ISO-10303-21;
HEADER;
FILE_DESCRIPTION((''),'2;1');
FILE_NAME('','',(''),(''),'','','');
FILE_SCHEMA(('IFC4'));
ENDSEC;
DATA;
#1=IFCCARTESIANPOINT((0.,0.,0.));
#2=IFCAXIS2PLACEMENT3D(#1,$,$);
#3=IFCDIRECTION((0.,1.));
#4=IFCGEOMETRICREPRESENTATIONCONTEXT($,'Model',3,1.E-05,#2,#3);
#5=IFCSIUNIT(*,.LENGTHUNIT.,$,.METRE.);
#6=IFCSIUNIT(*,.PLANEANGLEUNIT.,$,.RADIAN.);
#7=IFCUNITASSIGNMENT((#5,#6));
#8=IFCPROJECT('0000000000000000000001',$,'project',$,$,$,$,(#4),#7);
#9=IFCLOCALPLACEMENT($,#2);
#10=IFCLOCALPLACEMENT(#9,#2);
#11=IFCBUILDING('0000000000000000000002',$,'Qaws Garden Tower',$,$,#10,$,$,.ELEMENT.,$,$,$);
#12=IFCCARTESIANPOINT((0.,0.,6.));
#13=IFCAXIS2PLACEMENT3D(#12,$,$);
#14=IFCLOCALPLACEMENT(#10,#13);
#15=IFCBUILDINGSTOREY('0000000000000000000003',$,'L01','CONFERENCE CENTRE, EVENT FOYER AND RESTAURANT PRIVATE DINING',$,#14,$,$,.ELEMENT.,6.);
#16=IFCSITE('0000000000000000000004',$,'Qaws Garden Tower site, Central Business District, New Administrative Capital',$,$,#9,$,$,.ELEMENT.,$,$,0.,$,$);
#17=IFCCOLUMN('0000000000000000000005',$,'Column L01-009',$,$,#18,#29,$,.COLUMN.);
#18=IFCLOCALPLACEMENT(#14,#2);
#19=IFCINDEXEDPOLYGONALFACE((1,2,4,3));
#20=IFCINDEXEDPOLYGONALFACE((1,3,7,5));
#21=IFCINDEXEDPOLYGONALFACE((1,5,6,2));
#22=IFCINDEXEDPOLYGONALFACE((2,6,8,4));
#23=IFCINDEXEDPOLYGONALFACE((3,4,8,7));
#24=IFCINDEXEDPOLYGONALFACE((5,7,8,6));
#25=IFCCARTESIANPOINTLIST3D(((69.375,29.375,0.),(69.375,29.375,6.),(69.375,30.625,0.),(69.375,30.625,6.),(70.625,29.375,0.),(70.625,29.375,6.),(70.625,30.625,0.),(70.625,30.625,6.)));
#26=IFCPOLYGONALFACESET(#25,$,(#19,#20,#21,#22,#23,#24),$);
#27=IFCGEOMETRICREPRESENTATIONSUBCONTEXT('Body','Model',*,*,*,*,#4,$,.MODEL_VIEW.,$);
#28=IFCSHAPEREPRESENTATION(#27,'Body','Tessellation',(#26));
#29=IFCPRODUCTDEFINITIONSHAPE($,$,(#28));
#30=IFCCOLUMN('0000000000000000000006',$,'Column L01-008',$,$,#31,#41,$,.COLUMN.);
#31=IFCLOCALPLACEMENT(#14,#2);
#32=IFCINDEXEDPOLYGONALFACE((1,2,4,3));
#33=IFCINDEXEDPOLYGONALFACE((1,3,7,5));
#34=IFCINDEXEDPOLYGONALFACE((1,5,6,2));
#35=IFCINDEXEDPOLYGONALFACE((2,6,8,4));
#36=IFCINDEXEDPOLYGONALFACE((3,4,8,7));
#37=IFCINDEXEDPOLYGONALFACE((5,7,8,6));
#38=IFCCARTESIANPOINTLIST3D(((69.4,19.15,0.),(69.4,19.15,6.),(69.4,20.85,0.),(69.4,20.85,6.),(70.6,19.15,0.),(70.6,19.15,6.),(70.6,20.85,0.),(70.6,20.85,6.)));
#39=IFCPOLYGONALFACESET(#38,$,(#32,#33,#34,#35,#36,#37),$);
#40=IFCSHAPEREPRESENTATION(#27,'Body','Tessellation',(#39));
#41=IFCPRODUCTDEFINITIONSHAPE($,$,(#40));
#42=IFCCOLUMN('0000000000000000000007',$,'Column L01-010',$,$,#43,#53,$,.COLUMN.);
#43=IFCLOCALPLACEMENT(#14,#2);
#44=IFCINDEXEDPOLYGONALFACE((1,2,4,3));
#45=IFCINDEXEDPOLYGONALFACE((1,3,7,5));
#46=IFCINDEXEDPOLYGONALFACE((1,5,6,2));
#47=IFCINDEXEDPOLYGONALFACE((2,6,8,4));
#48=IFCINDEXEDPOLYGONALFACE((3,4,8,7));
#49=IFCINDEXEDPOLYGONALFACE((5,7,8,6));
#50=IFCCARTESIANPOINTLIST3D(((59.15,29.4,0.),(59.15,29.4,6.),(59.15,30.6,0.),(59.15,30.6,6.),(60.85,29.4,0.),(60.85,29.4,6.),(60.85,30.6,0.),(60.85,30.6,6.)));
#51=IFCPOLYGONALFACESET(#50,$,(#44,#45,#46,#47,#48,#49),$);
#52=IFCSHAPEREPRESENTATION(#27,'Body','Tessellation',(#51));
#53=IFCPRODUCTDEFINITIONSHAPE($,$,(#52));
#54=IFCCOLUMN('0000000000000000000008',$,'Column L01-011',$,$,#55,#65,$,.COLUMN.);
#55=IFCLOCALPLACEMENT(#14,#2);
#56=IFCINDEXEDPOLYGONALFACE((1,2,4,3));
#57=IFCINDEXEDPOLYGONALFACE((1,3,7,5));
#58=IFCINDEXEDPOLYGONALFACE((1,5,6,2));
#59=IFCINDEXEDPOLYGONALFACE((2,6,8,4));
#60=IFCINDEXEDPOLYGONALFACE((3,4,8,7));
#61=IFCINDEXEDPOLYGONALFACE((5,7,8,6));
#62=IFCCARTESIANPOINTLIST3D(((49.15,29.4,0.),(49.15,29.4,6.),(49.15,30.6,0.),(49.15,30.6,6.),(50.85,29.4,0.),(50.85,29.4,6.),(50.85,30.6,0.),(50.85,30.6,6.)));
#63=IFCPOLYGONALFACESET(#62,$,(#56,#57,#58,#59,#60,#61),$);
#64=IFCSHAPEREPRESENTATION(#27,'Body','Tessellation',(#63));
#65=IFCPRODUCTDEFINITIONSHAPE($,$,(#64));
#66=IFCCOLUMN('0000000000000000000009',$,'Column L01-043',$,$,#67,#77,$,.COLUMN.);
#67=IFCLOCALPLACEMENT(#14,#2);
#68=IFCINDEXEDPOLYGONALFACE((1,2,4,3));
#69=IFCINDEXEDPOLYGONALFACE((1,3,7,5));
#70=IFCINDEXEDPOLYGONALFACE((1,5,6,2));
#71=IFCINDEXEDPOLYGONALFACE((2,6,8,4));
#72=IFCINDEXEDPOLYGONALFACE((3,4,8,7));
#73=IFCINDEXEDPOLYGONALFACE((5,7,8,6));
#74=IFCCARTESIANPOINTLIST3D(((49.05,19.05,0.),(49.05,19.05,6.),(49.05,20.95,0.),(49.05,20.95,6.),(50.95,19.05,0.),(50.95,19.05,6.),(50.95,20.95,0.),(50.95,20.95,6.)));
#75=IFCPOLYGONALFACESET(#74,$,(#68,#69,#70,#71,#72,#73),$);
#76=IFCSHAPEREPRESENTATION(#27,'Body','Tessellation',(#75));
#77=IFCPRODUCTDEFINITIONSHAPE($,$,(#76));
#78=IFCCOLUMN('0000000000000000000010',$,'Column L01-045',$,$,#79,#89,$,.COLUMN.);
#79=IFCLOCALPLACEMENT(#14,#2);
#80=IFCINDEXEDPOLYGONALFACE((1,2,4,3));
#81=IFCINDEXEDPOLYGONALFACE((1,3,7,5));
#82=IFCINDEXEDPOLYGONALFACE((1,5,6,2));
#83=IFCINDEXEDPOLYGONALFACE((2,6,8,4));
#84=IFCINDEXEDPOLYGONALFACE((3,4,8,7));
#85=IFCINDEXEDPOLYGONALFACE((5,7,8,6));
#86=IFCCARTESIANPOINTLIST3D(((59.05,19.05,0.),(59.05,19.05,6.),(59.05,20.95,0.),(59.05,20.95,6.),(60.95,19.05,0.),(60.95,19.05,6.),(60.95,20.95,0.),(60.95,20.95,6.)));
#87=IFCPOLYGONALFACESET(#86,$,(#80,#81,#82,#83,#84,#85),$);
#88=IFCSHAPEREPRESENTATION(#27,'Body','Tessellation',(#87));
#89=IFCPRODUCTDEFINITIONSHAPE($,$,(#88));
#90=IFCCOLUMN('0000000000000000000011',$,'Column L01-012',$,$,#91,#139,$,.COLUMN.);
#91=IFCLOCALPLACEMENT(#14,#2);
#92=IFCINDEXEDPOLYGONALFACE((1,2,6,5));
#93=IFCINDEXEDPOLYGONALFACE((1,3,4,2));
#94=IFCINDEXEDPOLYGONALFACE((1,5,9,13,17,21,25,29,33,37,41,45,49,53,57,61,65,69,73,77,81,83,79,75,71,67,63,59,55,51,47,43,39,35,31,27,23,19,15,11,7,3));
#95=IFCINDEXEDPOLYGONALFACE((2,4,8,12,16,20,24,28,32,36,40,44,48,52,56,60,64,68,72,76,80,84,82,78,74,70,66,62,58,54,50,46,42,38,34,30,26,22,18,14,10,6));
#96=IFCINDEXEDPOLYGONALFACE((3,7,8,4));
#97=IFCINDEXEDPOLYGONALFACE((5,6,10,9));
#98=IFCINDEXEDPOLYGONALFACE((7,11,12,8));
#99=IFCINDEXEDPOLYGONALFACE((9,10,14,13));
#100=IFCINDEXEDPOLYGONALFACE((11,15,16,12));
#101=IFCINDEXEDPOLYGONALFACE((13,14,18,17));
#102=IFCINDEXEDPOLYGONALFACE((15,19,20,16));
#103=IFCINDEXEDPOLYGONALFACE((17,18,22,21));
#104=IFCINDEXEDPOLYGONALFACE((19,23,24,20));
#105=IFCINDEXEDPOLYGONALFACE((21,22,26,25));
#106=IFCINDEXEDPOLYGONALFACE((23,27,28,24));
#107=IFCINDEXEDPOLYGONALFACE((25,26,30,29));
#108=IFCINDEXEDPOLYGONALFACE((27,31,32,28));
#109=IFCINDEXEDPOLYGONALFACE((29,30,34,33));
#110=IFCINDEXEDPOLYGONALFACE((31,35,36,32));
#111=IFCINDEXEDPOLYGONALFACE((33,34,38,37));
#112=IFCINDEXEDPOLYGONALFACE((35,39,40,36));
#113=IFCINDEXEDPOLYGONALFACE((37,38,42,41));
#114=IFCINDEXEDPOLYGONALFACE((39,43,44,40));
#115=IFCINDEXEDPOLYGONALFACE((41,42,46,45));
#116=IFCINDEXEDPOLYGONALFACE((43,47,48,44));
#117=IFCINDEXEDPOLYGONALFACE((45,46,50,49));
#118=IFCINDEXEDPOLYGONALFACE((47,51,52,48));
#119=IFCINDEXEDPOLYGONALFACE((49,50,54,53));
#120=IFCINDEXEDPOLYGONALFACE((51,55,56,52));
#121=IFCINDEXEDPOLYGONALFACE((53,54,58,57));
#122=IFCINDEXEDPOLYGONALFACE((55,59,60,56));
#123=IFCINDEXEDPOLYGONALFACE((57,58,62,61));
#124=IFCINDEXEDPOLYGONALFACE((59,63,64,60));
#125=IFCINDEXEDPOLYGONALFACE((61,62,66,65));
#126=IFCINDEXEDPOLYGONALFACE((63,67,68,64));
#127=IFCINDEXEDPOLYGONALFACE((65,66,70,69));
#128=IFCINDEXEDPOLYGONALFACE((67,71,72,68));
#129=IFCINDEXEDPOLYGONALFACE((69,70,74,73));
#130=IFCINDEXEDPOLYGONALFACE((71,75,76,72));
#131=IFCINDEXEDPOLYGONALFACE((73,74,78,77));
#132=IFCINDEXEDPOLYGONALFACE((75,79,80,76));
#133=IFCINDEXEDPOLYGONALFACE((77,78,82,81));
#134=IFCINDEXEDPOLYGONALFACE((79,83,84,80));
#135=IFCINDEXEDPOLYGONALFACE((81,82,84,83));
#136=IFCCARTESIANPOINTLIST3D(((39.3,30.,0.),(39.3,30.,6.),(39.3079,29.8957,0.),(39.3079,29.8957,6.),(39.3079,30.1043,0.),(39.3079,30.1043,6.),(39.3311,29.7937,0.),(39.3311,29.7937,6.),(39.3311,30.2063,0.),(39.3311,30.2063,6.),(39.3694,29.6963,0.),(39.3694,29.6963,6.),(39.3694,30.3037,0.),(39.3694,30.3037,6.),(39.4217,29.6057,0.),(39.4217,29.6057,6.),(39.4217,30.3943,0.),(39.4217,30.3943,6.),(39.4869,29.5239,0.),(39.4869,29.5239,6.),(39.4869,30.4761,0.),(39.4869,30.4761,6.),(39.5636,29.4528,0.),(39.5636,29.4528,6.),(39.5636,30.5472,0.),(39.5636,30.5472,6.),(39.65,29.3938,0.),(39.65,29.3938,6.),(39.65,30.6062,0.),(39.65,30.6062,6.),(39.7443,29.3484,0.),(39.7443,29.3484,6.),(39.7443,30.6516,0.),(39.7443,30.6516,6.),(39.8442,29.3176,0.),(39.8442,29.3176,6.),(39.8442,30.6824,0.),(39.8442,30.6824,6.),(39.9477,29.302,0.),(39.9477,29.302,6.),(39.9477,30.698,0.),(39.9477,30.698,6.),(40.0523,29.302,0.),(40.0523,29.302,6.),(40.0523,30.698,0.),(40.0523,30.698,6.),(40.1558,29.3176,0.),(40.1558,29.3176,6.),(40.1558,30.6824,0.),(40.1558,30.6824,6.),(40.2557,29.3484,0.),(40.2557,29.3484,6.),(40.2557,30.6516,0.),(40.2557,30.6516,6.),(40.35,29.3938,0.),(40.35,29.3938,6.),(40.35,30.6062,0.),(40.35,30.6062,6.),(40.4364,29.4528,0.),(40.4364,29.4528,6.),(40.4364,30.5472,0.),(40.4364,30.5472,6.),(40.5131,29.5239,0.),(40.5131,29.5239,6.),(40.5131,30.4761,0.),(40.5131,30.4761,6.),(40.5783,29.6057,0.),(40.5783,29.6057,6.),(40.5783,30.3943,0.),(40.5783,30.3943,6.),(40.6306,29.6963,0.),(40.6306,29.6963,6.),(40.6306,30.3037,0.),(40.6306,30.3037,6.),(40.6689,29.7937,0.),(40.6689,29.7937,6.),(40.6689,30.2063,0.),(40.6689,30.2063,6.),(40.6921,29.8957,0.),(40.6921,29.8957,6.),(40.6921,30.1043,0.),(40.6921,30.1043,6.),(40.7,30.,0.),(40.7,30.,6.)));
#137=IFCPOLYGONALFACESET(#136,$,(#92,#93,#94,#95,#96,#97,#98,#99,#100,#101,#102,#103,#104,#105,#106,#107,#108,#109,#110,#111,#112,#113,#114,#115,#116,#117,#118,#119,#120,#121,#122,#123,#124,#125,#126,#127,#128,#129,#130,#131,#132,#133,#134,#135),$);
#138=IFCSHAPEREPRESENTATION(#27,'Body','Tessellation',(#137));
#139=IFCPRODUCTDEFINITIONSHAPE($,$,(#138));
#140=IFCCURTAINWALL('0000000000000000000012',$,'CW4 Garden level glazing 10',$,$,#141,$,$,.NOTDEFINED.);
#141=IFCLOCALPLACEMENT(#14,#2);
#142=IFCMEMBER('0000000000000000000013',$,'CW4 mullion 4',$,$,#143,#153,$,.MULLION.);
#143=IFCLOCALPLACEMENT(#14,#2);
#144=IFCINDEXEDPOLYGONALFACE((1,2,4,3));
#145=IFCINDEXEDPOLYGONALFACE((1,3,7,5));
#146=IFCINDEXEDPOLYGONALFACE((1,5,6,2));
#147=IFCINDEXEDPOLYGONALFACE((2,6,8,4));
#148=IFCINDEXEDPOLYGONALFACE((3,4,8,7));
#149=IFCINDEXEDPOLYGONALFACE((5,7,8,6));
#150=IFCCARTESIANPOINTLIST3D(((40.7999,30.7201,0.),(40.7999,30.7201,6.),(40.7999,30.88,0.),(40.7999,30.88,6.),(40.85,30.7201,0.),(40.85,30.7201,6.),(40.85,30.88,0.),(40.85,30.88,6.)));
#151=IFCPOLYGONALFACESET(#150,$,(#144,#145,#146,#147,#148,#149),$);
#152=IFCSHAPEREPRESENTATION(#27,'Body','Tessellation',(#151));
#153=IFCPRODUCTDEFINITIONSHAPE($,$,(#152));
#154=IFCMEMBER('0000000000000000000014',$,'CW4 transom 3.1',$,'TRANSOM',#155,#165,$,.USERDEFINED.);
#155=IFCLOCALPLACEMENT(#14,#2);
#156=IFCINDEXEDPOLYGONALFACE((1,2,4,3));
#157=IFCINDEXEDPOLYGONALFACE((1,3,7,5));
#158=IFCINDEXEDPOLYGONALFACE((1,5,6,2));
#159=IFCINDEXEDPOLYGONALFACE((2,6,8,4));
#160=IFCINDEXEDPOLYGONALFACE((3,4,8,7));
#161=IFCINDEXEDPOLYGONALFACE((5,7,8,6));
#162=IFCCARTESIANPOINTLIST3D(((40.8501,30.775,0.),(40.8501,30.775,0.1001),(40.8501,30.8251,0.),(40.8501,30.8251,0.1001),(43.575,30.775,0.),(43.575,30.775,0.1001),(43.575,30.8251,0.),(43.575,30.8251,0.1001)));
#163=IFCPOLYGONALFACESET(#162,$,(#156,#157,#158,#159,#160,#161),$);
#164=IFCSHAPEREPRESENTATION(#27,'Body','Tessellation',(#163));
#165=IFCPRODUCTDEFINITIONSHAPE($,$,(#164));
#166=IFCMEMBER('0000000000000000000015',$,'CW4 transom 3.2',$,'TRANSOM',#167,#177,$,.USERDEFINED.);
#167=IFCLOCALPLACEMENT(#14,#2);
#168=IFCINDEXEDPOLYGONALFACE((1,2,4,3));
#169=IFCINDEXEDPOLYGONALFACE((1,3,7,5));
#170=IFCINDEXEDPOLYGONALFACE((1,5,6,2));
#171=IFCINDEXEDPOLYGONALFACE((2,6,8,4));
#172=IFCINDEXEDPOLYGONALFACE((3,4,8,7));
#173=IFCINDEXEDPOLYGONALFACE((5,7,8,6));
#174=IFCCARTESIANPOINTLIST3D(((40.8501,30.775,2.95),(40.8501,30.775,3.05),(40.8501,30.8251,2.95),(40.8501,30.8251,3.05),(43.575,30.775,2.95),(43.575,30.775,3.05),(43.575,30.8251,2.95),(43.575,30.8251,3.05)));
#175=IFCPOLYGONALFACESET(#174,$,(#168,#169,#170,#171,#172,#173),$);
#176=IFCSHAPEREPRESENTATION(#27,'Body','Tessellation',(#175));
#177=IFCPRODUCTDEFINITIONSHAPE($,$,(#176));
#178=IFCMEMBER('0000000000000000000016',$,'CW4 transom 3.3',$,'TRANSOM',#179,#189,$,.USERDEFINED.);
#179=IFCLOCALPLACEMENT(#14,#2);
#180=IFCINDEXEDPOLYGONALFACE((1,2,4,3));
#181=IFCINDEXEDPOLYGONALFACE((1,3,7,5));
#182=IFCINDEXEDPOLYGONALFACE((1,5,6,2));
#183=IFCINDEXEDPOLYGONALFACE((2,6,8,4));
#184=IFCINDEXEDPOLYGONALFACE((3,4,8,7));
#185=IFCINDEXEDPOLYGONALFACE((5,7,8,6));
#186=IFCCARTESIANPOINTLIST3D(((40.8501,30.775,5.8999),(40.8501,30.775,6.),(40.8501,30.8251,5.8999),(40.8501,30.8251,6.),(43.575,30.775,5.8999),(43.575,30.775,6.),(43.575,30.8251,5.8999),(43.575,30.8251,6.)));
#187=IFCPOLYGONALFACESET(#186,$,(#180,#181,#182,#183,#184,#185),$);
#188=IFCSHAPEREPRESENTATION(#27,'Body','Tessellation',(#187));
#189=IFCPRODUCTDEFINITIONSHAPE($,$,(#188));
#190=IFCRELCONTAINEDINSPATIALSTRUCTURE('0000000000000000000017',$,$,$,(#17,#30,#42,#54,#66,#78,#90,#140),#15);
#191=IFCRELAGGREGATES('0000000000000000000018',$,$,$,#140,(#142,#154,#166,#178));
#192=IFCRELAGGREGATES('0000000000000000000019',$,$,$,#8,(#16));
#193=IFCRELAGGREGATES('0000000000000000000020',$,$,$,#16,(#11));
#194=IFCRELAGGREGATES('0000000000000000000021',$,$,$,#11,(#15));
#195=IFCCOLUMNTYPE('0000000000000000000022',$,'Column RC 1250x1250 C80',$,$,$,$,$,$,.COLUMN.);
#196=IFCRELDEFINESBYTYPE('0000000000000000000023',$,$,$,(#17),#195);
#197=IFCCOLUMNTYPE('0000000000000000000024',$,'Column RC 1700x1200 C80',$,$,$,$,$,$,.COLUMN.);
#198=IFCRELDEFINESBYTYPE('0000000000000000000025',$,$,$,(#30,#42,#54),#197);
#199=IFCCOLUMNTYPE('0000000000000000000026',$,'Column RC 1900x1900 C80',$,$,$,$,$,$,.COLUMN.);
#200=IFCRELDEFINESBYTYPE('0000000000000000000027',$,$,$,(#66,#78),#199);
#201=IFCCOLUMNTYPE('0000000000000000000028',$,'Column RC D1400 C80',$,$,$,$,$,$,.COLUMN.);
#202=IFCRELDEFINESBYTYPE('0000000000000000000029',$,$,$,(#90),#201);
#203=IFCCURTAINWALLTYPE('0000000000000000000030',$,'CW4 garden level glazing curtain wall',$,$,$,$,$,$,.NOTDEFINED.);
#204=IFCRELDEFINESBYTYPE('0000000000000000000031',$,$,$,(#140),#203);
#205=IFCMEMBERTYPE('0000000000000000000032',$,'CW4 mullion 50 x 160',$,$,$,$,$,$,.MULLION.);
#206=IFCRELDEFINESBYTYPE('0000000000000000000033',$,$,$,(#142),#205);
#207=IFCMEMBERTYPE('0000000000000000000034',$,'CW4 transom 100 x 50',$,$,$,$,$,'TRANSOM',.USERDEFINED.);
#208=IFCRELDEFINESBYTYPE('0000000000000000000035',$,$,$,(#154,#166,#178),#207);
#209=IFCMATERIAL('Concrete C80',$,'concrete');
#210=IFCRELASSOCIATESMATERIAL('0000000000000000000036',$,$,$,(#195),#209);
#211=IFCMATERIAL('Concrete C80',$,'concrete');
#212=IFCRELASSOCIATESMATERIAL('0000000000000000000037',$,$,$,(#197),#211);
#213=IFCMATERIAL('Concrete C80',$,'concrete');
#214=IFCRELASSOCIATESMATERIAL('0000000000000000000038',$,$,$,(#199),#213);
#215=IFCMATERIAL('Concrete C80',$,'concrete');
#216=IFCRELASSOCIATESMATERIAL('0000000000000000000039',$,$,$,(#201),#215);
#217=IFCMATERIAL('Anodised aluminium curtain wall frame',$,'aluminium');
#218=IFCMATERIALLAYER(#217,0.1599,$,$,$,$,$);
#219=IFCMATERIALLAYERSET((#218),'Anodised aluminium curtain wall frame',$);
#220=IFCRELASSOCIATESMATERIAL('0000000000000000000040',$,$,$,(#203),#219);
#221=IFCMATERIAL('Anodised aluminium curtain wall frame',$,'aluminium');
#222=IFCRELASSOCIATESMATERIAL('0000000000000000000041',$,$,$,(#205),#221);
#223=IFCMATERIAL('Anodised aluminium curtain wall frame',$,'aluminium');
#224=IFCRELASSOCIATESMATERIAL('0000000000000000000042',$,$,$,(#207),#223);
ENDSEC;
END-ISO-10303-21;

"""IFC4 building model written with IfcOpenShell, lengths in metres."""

from ifc_helpers import new_model, si_unit, direction, frame, origin, origin_2d, place, context, subcontext, project, spatial, rectangle, circle, extrude, material, layer, layer_set, material_profile, profile_set, type_object, element, aggregate, save


model = new_model("IFC4")

# Units and contexts
model_context = context("Model", 3, precision=1e-05, world=origin(), true_north=direction((0.0, 1.0)))
body_context = subcontext(model_context, "Body", "Model", "MODEL_VIEW")
ifc_project = project(units=[si_unit("LENGTHUNIT", "METRE"), si_unit("PLANEANGLEUNIT", "RADIAN")], contexts=[model_context])

# Site, building, storey
site_placement = place(None, origin())
site = spatial("IfcSite", under=ifc_project, at=site_placement, Name="Qaws Garden Tower site, Central Business District, New Administrative Capital", CompositionType="ELEMENT", RefElevation=0.0)
building_placement = place(site_placement, origin())
building = spatial("IfcBuilding", under=site, at=building_placement, Name="Qaws Garden Tower", CompositionType="ELEMENT")
storey_placement = place(building_placement, frame((0.0, 0.0, 6.0)))
storey = spatial("IfcBuildingStorey", under=building, at=storey_placement, Name="L01", Description="CONFERENCE CENTRE, EVENT FOYER AND RESTAURANT PRIVATE DINING", CompositionType="ELEMENT", Elevation=6.0)

# Columns
ifc_material_1 = material(Name="Concrete C80", Category="concrete")
ifc_material_profile_1 = material_profile(ifc_material_1, rectangle(XDim=1.25, YDim=1.25, at=origin_2d()), Name="RC 1250x1250")
ifc_profile_set_1 = profile_set([ifc_material_profile_1], Name="Concrete C80")
column_type_1 = type_object("IfcColumnType", Name="Column RC 1250x1250 C80", PredefinedType="COLUMN", material=ifc_profile_set_1)
column_1_placement = place(storey_placement, frame((70.0, 30.0, 0.0), z_axis=(0.0, 0.0, 1.0), x_axis=(1.0, 0.0, 0.0)))
element("IfcColumn", 1, at=column_1_placement, inside=storey, type_object=column_type_1, Name="Column L01-009", PredefinedType="COLUMN", context=body_context, shape_type="SweptSolid", body=[
    extrude(rectangle(XDim=1.25, YDim=1.25, at=origin_2d()), origin(), (0.0, 0.0, 1.0), 6.0),
])
ifc_material_2 = material(Name="Concrete C80", Category="concrete")
ifc_material_profile_2 = material_profile(ifc_material_2, rectangle(XDim=1.7, YDim=1.2, at=origin_2d()), Name="RC 1700x1200")
ifc_profile_set_2 = profile_set([ifc_material_profile_2], Name="Concrete C80")
column_type_2 = type_object("IfcColumnType", Name="Column RC 1700x1200 C80", PredefinedType="COLUMN", material=ifc_profile_set_2)
for number, where, z_axis, x_axis, name in (
    (2, (70.0, 20.0, 0.0), (0.0, 0.0, 1.0), (0.0, 1.0, 0.0), "Column L01-008"),
    (3, (60.0, 30.0, 0.0), (0.0, 0.0, 1.0), (1.0, 0.0, 0.0), "Column L01-010"),
    (4, (50.0, 30.0, 0.0), (0.0, 0.0, 1.0), (1.0, 0.0, 0.0), "Column L01-011"),
):
    element("IfcColumn", number, at=place(storey_placement, frame(where, z_axis=z_axis, x_axis=x_axis)), inside=storey, type_object=column_type_2, Name=name, PredefinedType="COLUMN", context=body_context, shape_type="SweptSolid", body=[
        extrude(rectangle(XDim=1.7, YDim=1.2, at=origin_2d()), origin(), (0.0, 0.0, 1.0), 6.0),
    ])
ifc_material_3 = material(Name="Concrete C80", Category="concrete")
ifc_material_profile_3 = material_profile(ifc_material_3, rectangle(XDim=1.8999, YDim=1.8999, at=origin_2d()), Name="RC 1900x1900")
ifc_profile_set_3 = profile_set([ifc_material_profile_3], Name="Concrete C80")
column_type_3 = type_object("IfcColumnType", Name="Column RC 1900x1900 C80", PredefinedType="COLUMN", material=ifc_profile_set_3)
for number, where, z_axis, x_axis, name in (
    (5, (50.0, 20.0, 0.0), (0.0, 0.0, 1.0), (1.0, 0.0, 0.0), "Column L01-043"),
    (6, (60.0, 20.0, 0.0), (0.0, 0.0, 1.0), (1.0, 0.0, 0.0), "Column L01-045"),
):
    element("IfcColumn", number, at=place(storey_placement, frame(where, z_axis=z_axis, x_axis=x_axis)), inside=storey, type_object=column_type_3, Name=name, PredefinedType="COLUMN", context=body_context, shape_type="SweptSolid", body=[
        extrude(rectangle(XDim=1.8999, YDim=1.8999, at=origin_2d()), origin(), (0.0, 0.0, 1.0), 6.0),
    ])
ifc_material_4 = material(Name="Concrete C80", Category="concrete")
ifc_material_profile_4 = material_profile(ifc_material_4, circle(Radius=0.7, at=origin_2d()), Name="RC D1400")
ifc_profile_set_4 = profile_set([ifc_material_profile_4], Name="Concrete C80")
column_type_4 = type_object("IfcColumnType", Name="Column RC D1400 C80", PredefinedType="COLUMN", material=ifc_profile_set_4)
column_2_placement = place(storey_placement, frame((40.0, 30.0, 0.0), z_axis=(0.0, 0.0, 1.0), x_axis=(1.0, 0.0, 0.0)))
element("IfcColumn", 7, at=column_2_placement, inside=storey, type_object=column_type_4, Name="Column L01-012", PredefinedType="COLUMN", context=body_context, shape_type="SweptSolid", body=[
    extrude(circle(Radius=0.7, at=origin_2d()), origin(), (0.0, 0.0, 1.0), 6.0),
])

# Curtain wall, members
ifc_material_5 = material(Name="Anodised aluminium curtain wall frame", Category="aluminium")
ifc_layer_1 = layer(ifc_material_5, 0.1599)
ifc_layer_set_1 = layer_set([ifc_layer_1], Name="Anodised aluminium curtain wall frame")
curtain_wall_type = type_object("IfcCurtainWallType", Name="CW4 garden level glazing curtain wall", PredefinedType="NOTDEFINED", material=ifc_layer_set_1)
curtain_wall_placement = place(storey_placement, origin())
curtain_wall = element("IfcCurtainWall", 8, at=curtain_wall_placement, inside=storey, type_object=curtain_wall_type, Name="CW4 Garden level glazing 10", PredefinedType="NOTDEFINED")
ifc_material_6 = material(Name="Anodised aluminium curtain wall frame", Category="aluminium")
ifc_material_profile_5 = material_profile(ifc_material_6, rectangle(XDim=0.1599, YDim=0.05, at=origin_2d()), Name="AL 50x160")
ifc_profile_set_5 = profile_set([ifc_material_profile_5], Name="Anodised aluminium curtain wall frame")
member_type_1 = type_object("IfcMemberType", Name="CW4 mullion 50 x 160", PredefinedType="MULLION", material=ifc_profile_set_5)
member_1_placement = place(storey_placement, frame((40.825, 30.8, 0.0), z_axis=(0.0, 0.0, 1.0), x_axis=(0.0, -1.0, 0.0)))
member_1 = element("IfcMember", 9, at=member_1_placement, type_object=member_type_1, Name="CW4 mullion 4", PredefinedType="MULLION", context=body_context, shape_type="SweptSolid", body=[
    extrude(rectangle(XDim=0.1599, YDim=0.05, at=origin_2d()), origin(), (0.0, 0.0, 1.0), 6.0),
])
ifc_material_7 = material(Name="Anodised aluminium curtain wall frame", Category="aluminium")
ifc_material_profile_6 = material_profile(ifc_material_7, rectangle(XDim=0.05, YDim=0.1001, at=origin_2d()), Name="AL 50x100")
ifc_profile_set_6 = profile_set([ifc_material_profile_6], Name="Anodised aluminium curtain wall frame")
member_type_2 = type_object("IfcMemberType", Name="CW4 transom 100 x 50", ElementType="TRANSOM", PredefinedType="USERDEFINED", material=ifc_profile_set_6)
member_2_placement = place(storey_placement, frame((43.575, 30.8, 0.05), z_axis=(-1.0, 0.0, 0.0), x_axis=(0.0, -1.0, 0.0)))
member_2 = element("IfcMember", 10, at=member_2_placement, type_object=member_type_2, Name="CW4 transom 3.1", ObjectType="TRANSOM", PredefinedType="USERDEFINED", context=body_context, shape_type="SweptSolid", body=[
    extrude(rectangle(XDim=0.05, YDim=0.1001, at=origin_2d()), origin(), (0.0, 0.0, 1.0), 2.7249),
])
member_3_placement = place(storey_placement, frame((43.575, 30.8, 3.0), z_axis=(-1.0, 0.0, 0.0), x_axis=(0.0, -1.0, 0.0)))
member_3 = element("IfcMember", 11, at=member_3_placement, type_object=member_type_2, Name="CW4 transom 3.2", ObjectType="TRANSOM", PredefinedType="USERDEFINED", context=body_context, shape_type="SweptSolid", body=[
    extrude(rectangle(XDim=0.05, YDim=0.1001, at=origin_2d()), origin(), (0.0, 0.0, 1.0), 2.7249),
])
member_4_placement = place(storey_placement, frame((43.575, 30.8, 5.95), z_axis=(-1.0, 0.0, 0.0), x_axis=(0.0, -1.0, 0.0)))
member_4 = element("IfcMember", 12, at=member_4_placement, type_object=member_type_2, Name="CW4 transom 3.3", ObjectType="TRANSOM", PredefinedType="USERDEFINED", context=body_context, shape_type="SweptSolid", body=[
    extrude(rectangle(XDim=0.05, YDim=0.1001, at=origin_2d()), origin(), (0.0, 0.0, 1.0), 2.7249),
])

aggregate(curtain_wall, [member_1, member_2, member_3, member_4])

save(model, "model.ifc")
